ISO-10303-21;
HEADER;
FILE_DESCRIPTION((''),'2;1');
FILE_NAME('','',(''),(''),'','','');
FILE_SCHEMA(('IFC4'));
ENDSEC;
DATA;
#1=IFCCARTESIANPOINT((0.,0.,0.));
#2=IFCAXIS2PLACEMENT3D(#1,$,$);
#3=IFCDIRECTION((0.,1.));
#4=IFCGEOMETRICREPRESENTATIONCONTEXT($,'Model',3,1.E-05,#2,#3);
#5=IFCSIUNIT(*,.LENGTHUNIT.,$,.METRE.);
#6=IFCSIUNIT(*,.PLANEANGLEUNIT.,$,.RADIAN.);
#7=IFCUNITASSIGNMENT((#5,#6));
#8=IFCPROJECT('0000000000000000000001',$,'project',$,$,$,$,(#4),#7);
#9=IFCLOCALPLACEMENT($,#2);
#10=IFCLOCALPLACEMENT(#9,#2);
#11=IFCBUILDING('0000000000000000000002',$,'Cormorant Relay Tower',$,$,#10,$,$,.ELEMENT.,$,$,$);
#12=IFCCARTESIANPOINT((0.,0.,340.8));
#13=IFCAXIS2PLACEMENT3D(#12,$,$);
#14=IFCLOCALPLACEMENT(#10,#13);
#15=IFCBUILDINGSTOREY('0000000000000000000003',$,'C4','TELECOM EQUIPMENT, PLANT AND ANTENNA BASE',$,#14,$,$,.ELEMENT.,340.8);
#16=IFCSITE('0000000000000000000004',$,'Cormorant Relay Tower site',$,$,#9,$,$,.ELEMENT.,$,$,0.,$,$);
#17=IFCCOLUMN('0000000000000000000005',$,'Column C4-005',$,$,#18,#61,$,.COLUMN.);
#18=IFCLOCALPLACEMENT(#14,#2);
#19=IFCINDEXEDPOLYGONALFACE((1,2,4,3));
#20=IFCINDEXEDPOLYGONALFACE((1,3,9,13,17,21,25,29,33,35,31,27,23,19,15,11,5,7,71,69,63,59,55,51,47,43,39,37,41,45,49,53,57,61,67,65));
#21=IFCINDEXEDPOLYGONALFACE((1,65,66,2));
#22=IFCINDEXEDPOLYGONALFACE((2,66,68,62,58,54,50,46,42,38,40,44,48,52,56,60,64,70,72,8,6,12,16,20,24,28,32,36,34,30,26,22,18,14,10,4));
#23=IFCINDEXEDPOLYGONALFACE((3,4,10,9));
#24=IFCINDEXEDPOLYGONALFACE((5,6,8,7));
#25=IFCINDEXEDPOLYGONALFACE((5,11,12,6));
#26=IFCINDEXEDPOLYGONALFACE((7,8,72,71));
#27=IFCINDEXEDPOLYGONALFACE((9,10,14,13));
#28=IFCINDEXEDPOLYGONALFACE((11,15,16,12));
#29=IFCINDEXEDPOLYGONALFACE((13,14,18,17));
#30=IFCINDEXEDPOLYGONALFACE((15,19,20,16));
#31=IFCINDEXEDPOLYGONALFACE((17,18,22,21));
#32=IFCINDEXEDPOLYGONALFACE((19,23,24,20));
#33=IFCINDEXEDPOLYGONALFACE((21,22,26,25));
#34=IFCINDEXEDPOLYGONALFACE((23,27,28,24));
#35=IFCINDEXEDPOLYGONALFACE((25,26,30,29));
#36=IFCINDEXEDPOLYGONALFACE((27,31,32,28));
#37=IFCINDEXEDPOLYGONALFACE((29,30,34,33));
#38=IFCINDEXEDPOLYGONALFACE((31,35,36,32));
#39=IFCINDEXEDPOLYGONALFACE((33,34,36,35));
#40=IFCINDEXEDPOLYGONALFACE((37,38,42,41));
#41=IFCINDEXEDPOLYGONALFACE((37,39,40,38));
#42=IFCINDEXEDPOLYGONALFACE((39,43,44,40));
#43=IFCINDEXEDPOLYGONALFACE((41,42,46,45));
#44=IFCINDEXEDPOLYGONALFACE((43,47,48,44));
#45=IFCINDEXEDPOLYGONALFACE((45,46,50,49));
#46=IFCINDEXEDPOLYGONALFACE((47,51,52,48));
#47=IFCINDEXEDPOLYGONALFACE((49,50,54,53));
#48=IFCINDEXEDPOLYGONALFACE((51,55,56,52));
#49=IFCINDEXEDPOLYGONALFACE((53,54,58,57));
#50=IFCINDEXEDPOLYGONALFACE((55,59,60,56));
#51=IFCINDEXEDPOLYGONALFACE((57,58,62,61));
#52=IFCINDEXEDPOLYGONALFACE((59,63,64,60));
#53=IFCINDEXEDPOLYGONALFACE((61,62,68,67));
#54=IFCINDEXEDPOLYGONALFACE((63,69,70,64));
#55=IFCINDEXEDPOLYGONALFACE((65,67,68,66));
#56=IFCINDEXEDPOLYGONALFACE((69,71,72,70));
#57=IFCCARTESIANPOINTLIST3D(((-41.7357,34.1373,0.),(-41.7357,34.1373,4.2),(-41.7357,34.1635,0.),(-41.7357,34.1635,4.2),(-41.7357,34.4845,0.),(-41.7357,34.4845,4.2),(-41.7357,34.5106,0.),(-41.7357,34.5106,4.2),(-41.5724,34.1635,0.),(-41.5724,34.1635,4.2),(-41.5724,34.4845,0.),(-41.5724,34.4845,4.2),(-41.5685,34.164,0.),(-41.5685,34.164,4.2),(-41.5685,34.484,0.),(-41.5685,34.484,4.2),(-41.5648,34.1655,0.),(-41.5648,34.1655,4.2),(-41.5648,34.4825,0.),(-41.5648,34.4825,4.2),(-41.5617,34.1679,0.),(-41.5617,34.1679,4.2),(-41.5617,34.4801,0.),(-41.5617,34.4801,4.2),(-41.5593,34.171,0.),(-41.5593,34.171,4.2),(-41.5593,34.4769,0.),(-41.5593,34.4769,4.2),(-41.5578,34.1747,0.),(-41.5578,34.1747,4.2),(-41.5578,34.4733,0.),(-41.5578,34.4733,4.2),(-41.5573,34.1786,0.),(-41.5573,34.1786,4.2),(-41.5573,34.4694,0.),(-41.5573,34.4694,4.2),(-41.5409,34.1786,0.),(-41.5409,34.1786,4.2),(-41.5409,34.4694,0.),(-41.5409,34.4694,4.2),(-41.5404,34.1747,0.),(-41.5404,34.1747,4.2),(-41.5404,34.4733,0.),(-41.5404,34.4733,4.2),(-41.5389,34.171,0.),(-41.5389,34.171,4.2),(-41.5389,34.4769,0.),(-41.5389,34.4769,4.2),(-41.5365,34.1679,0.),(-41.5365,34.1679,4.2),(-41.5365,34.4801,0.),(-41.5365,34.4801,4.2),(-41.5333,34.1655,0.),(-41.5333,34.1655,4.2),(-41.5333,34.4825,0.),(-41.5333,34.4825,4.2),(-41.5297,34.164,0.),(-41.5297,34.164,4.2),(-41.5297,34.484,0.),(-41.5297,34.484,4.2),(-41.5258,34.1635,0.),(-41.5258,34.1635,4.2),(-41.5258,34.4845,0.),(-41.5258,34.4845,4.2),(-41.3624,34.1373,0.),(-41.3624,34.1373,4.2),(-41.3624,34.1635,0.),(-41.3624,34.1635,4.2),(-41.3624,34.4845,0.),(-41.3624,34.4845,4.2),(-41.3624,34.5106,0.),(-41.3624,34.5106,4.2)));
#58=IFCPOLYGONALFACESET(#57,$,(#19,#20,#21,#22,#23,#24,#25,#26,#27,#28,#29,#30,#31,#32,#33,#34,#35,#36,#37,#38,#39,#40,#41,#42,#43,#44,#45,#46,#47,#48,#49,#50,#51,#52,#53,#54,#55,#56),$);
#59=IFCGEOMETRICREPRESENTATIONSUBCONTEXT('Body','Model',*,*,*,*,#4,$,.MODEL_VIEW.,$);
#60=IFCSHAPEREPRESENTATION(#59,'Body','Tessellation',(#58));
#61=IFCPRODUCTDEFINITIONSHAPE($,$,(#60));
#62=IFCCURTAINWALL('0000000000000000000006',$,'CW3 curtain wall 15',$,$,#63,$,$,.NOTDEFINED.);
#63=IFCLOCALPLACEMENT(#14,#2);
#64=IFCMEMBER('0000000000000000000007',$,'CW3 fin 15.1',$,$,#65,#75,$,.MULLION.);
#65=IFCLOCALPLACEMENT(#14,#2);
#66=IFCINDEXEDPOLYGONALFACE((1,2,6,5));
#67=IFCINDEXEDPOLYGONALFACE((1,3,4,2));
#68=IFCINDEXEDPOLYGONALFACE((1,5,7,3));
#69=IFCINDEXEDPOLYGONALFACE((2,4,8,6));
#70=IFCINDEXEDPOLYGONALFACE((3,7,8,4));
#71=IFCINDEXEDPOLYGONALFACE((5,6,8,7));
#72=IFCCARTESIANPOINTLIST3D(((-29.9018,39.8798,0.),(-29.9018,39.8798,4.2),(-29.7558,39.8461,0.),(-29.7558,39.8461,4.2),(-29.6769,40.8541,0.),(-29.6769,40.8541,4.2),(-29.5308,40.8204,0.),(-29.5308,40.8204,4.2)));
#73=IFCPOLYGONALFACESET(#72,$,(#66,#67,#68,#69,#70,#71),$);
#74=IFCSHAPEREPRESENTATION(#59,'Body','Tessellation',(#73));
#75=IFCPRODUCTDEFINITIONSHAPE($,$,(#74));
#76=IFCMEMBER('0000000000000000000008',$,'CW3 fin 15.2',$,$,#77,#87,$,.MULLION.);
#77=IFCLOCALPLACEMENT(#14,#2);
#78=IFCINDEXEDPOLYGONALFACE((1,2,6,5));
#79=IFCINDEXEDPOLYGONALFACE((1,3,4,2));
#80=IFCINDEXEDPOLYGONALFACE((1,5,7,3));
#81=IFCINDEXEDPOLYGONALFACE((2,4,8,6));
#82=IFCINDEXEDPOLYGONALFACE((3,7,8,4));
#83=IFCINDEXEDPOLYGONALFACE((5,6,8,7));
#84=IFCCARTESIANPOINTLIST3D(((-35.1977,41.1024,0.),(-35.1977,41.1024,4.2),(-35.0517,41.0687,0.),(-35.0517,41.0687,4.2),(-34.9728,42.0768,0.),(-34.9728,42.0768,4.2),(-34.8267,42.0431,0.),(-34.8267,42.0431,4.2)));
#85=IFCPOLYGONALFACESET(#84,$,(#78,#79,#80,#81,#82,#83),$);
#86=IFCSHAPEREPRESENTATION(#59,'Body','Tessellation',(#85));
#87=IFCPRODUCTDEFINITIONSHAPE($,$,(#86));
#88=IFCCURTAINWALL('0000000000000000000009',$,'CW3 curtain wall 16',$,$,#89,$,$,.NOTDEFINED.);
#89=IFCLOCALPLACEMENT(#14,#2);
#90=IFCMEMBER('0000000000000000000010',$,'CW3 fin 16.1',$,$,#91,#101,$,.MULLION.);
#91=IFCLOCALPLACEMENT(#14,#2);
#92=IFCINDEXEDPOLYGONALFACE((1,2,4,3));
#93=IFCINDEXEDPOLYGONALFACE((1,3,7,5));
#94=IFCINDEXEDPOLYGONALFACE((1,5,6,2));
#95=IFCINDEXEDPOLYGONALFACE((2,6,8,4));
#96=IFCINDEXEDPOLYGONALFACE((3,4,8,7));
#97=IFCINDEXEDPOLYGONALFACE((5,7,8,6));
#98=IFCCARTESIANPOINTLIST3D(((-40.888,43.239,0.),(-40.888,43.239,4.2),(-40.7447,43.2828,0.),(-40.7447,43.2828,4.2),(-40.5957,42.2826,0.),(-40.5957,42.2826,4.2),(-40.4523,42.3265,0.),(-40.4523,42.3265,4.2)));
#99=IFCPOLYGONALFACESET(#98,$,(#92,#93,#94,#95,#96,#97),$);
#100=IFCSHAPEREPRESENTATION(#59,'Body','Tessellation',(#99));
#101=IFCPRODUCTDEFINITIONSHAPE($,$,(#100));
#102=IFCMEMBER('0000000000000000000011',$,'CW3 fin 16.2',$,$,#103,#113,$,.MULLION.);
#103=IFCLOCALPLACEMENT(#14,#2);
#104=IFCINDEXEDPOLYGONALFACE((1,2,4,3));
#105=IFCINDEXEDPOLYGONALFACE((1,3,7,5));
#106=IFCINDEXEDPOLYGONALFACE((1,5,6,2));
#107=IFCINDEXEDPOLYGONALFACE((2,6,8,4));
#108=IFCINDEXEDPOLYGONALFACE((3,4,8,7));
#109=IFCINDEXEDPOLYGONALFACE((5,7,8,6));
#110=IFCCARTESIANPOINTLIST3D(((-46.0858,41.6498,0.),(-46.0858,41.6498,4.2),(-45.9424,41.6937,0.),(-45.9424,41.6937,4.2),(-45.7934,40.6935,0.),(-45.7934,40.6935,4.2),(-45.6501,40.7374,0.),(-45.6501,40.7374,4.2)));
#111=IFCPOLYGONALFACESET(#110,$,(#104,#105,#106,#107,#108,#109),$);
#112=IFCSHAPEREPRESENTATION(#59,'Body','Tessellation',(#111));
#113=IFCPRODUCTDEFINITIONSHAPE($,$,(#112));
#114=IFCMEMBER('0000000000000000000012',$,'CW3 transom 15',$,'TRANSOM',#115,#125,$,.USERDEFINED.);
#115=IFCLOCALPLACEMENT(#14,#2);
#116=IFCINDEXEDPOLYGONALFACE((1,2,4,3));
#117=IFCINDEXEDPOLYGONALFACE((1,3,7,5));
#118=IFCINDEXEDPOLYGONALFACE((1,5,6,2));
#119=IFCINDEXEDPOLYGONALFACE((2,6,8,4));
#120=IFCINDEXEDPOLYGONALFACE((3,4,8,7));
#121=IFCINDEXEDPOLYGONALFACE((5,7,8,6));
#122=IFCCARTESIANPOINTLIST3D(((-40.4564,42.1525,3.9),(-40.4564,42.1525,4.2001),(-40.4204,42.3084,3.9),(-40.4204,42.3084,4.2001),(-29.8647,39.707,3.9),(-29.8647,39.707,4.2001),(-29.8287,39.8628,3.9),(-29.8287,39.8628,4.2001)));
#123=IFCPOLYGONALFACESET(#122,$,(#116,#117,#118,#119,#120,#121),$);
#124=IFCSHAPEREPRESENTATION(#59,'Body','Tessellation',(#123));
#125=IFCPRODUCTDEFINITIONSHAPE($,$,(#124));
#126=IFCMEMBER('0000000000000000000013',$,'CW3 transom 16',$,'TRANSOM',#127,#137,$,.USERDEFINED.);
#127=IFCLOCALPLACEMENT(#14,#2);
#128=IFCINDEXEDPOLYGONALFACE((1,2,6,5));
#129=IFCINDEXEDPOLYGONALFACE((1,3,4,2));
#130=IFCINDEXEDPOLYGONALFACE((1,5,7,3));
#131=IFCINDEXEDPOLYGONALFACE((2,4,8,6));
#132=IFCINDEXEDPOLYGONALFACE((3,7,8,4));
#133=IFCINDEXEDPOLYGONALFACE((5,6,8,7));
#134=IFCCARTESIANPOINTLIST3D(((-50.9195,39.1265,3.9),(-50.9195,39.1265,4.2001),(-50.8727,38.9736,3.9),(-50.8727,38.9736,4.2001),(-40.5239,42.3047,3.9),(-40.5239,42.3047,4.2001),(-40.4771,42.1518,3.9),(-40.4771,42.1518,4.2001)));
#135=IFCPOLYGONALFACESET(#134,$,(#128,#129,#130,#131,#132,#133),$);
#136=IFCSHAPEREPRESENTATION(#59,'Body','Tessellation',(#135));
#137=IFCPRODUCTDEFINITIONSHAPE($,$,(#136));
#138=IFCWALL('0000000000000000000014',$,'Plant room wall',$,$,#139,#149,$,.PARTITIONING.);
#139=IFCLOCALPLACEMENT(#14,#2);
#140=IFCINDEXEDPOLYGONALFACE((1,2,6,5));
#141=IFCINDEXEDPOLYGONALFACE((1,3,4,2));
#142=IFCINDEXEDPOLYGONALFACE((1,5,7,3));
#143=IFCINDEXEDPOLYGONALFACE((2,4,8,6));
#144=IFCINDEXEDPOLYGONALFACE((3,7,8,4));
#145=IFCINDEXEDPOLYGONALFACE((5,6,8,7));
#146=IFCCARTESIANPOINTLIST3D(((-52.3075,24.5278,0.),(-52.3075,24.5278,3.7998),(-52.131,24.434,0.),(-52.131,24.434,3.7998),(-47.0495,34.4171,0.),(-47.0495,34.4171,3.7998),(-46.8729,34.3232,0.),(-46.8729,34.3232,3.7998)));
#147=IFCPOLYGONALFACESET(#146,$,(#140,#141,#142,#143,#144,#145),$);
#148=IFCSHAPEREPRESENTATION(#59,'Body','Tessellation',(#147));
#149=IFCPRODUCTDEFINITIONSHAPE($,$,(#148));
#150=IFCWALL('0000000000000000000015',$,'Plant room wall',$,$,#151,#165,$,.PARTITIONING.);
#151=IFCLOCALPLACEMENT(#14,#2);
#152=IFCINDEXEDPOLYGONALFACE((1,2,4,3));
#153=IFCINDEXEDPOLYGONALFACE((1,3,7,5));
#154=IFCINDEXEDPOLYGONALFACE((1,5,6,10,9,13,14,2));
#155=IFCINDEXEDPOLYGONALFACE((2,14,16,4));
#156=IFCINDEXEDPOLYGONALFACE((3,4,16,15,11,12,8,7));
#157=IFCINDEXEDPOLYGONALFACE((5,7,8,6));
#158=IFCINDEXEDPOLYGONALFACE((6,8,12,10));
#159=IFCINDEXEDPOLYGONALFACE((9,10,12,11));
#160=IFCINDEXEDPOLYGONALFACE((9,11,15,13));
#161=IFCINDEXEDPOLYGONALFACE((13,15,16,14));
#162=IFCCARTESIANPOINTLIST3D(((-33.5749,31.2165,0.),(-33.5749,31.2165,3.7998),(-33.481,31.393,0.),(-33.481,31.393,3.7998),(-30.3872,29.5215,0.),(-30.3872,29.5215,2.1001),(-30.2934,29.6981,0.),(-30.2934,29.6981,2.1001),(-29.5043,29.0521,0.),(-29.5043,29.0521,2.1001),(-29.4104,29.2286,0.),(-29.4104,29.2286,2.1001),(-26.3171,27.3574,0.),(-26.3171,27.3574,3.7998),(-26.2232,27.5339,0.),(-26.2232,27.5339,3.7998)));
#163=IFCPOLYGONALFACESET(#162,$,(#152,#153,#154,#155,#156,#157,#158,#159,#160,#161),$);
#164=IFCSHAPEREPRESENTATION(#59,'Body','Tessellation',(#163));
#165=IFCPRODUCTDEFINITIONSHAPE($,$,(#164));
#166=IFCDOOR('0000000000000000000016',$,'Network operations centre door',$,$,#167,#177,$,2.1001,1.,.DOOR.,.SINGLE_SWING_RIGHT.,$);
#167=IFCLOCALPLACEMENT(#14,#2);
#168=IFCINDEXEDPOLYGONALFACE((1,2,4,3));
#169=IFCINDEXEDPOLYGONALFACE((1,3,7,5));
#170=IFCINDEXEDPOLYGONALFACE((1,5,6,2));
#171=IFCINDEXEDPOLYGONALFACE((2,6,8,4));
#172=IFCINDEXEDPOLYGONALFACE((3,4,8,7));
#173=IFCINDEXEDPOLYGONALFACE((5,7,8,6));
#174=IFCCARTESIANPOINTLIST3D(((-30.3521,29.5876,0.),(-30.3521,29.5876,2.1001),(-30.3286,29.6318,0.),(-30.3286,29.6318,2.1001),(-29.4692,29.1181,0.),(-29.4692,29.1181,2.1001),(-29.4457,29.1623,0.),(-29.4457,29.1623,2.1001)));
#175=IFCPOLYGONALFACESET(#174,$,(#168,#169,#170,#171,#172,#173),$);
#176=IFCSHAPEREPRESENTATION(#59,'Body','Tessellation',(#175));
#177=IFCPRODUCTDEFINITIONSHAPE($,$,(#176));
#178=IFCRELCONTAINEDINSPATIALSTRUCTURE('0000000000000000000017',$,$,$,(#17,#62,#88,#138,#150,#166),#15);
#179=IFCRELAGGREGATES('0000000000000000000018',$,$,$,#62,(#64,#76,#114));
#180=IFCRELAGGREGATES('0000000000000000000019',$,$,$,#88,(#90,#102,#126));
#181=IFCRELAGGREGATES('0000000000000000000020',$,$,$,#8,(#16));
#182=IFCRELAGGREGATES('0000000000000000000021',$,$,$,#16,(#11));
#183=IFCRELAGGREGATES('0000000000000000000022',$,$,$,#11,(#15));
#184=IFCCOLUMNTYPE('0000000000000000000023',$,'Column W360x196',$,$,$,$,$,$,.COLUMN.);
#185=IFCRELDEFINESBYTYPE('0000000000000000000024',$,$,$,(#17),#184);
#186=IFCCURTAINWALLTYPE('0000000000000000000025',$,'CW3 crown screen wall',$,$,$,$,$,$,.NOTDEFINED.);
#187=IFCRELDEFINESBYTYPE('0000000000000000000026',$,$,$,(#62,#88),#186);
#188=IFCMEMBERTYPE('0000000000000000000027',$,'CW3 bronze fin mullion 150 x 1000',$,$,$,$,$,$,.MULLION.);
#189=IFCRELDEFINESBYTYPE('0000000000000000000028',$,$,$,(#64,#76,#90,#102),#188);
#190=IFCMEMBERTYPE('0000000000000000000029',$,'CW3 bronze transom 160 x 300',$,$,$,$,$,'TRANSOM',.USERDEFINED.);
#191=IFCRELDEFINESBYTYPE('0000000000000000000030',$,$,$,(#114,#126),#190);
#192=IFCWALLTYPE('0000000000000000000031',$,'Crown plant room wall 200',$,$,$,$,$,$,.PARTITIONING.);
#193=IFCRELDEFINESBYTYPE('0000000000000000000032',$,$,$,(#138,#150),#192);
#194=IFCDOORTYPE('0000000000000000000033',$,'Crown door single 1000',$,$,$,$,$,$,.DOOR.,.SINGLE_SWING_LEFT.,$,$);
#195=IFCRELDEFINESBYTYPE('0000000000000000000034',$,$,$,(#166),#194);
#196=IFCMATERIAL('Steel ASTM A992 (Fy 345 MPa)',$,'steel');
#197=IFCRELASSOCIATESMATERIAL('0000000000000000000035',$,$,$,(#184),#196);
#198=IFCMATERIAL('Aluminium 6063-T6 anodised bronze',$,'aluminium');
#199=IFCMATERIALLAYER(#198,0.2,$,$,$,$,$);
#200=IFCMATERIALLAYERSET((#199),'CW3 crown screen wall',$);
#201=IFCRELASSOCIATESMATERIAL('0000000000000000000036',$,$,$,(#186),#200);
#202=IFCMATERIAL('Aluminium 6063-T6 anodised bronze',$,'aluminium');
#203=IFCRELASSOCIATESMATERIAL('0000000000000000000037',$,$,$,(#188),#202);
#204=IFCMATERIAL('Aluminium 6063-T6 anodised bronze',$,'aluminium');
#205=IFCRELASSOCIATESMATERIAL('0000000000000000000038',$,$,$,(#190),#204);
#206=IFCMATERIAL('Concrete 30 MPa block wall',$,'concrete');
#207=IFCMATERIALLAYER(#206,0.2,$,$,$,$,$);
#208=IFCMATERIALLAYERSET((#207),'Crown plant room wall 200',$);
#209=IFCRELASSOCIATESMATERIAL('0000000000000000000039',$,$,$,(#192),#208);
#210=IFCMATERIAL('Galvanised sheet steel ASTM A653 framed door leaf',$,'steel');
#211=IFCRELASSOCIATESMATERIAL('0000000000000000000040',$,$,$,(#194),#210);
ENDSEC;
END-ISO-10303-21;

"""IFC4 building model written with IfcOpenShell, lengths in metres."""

from ifc_helpers import new_model, si_unit, direction, frame, frame_2d, origin, origin_2d, place, context, subcontext, project, spatial, rectangle, i_section, extrude, material, layer, layer_set, material_profile, profile_set, type_object, element, fill, aggregate, save


model = new_model("IFC4")

# Units and contexts
model_context = context("Model", 3, precision=1e-05, world=origin(), true_north=direction((0.0, 1.0)))
body_context = subcontext(model_context, "Body", "Model", "MODEL_VIEW")
ifc_project = project(units=[si_unit("LENGTHUNIT", "METRE"), si_unit("PLANEANGLEUNIT", "RADIAN")], contexts=[model_context])

# Site, building, storey
site_placement = place(None, origin())
site = spatial("IfcSite", under=ifc_project, at=site_placement, Name="Cormorant Relay Tower site", CompositionType="ELEMENT", RefElevation=0.0)
building_placement = place(site_placement, origin())
building = spatial("IfcBuilding", under=site, at=building_placement, Name="Cormorant Relay Tower", CompositionType="ELEMENT")
storey_placement = place(building_placement, frame((0.0, 0.0, 340.8)))
storey = spatial("IfcBuildingStorey", under=building, at=storey_placement, Name="C4", Description="TELECOM EQUIPMENT, PLANT AND ANTENNA BASE", CompositionType="ELEMENT", Elevation=340.8)

# Column
ifc_material_1 = material(Name="Steel ASTM A992 (Fy 345 MPa)", Category="steel")
ifc_material_profile_1 = material_profile(ifc_material_1, i_section(OverallWidth=0.3733, OverallDepth=0.3733, WebThickness=0.0164, FlangeThickness=0.0261, FilletRadius=0.0151, at=origin_2d()), Name="W360x196")
ifc_profile_set_1 = profile_set([ifc_material_profile_1], Name="Steel ASTM A992 (Fy 345 MPa)")
column_type = type_object("IfcColumnType", Name="Column W360x196", PredefinedType="COLUMN", material=ifc_profile_set_1)
column_placement = place(storey_placement, frame((-41.5491, 34.324, 0.0), z_axis=(0.0, 0.0, 1.0), x_axis=(1.0, 0.0, 0.0)))
element("IfcColumn", 1, at=column_placement, inside=storey, type_object=column_type, Name="Column C4-005", PredefinedType="COLUMN", context=body_context, shape_type="SweptSolid", body=[
    extrude(i_section(OverallWidth=0.3733, OverallDepth=0.3733, WebThickness=0.0164, FlangeThickness=0.0261, FilletRadius=0.0151, at=origin_2d()), origin(), (0.0, 0.0, 1.0), 4.2),
])

# Curtain walls, members
ifc_material_2 = material(Name="Aluminium 6063-T6 anodised bronze", Category="aluminium")
ifc_layer_1 = layer(ifc_material_2, 0.2)
ifc_layer_set_1 = layer_set([ifc_layer_1], Name="CW3 crown screen wall")
curtain_wall_type = type_object("IfcCurtainWallType", Name="CW3 crown screen wall", PredefinedType="NOTDEFINED", material=ifc_layer_set_1)
curtain_wall_1_placement = place(storey_placement, origin())
curtain_wall_1 = element("IfcCurtainWall", 2, at=curtain_wall_1_placement, inside=storey, type_object=curtain_wall_type, Name="CW3 curtain wall 15", PredefinedType="NOTDEFINED")
ifc_material_3 = material(Name="Aluminium 6063-T6 anodised bronze", Category="aluminium")
ifc_material_profile_2 = material_profile(ifc_material_3, rectangle(XDim=0.1499, YDim=1.0, at=origin_2d()), Name="AL 150x1000")
ifc_profile_set_2 = profile_set([ifc_material_profile_2], Name="Aluminium 6063-T6 anodised bronze")
member_type_1 = type_object("IfcMemberType", Name="CW3 bronze fin mullion 150 x 1000", PredefinedType="MULLION", material=ifc_profile_set_2)
member_1_placement = place(storey_placement, frame((-29.7163, 40.3501, 0.0), z_axis=(0.0, 0.0, 1.0), x_axis=(-0.97437, 0.224951, 0.0)))
member_1 = element("IfcMember", 3, at=member_1_placement, type_object=member_type_1, Name="CW3 fin 15.1", PredefinedType="MULLION", context=body_context, shape_type="SweptSolid", body=[
    extrude(rectangle(XDim=0.1499, YDim=1.0, at=origin_2d()), origin(), (0.0, 0.0, 1.0), 4.2),
])
member_2_placement = place(storey_placement, frame((-35.0122, 41.5728, 0.0), z_axis=(0.0, 0.0, 1.0), x_axis=(-0.97437, 0.224951, 0.0)))
member_2 = element("IfcMember", 4, at=member_2_placement, type_object=member_type_1, Name="CW3 fin 15.2", PredefinedType="MULLION", context=body_context, shape_type="SweptSolid", body=[
    extrude(rectangle(XDim=0.1499, YDim=1.0, at=origin_2d()), origin(), (0.0, 0.0, 1.0), 4.2),
])
curtain_wall_2_placement = place(storey_placement, origin())
curtain_wall_2 = element("IfcCurtainWall", 5, at=curtain_wall_2_placement, inside=storey, type_object=curtain_wall_type, Name="CW3 curtain wall 16", PredefinedType="NOTDEFINED")
member_3_placement = place(storey_placement, frame((-40.6702, 42.7827, 0.0), z_axis=(0.0, 0.0, 1.0), x_axis=(-0.956305, -0.292372, 0.0)))
member_3 = element("IfcMember", 6, at=member_3_placement, type_object=member_type_1, Name="CW3 fin 16.1", PredefinedType="MULLION", context=body_context, shape_type="SweptSolid", body=[
    extrude(rectangle(XDim=0.1499, YDim=1.0, at=origin_2d()), origin(), (0.0, 0.0, 1.0), 4.2),
])
member_4_placement = place(storey_placement, frame((-45.8679, 41.1936, 0.0), z_axis=(0.0, 0.0, 1.0), x_axis=(-0.956305, -0.292372, 0.0)))
member_4 = element("IfcMember", 7, at=member_4_placement, type_object=member_type_1, Name="CW3 fin 16.2", PredefinedType="MULLION", context=body_context, shape_type="SweptSolid", body=[
    extrude(rectangle(XDim=0.1499, YDim=1.0, at=origin_2d()), origin(), (0.0, 0.0, 1.0), 4.2),
])

# Members
ifc_material_4 = material(Name="Aluminium 6063-T6 anodised bronze", Category="aluminium")
ifc_material_profile_3 = material_profile(ifc_material_4, rectangle(XDim=0.1599, YDim=0.3, at=origin_2d()), Name="AL 160x300")
ifc_profile_set_3 = profile_set([ifc_material_profile_3], Name="Aluminium 6063-T6 anodised bronze")
member_type_2 = type_object("IfcMemberType", Name="CW3 bronze transom 160 x 300", ElementType="TRANSOM", PredefinedType="USERDEFINED", material=ifc_profile_set_3)
member_5_placement = place(storey_placement, frame((-29.8467, 39.7849, 4.05), z_axis=(-0.974365, 0.224973, 0.0), x_axis=(-0.224973, -0.974365, 0.0)))
member_5 = element("IfcMember", 8, at=member_5_placement, type_object=member_type_2, Name="CW3 transom 15", ObjectType="TRANSOM", PredefinedType="USERDEFINED", context=body_context, shape_type="SweptSolid", body=[
    extrude(rectangle(XDim=0.1599, YDim=0.3, at=origin_2d()), origin(), (0.0, 0.0, 1.0), 10.8704),
])
member_6_placement = place(storey_placement, frame((-40.5005, 42.2283, 4.05), z_axis=(-0.956305, -0.292371, 0.0), x_axis=(0.292371, -0.956305, 0.0)))
member_6 = element("IfcMember", 9, at=member_6_placement, type_object=member_type_2, Name="CW3 transom 16", ObjectType="TRANSOM", PredefinedType="USERDEFINED", context=body_context, shape_type="SweptSolid", body=[
    extrude(rectangle(XDim=0.1599, YDim=0.3, at=origin_2d()), origin(), (0.0, 0.0, 1.0), 10.8706),
])

# Wall
ifc_material_5 = material(Name="Concrete 30 MPa block wall", Category="concrete")
ifc_layer_2 = layer(ifc_material_5, 0.2)
ifc_layer_set_2 = layer_set([ifc_layer_2], Name="Crown plant room wall 200")
wall_type_1 = type_object("IfcWallType", Name="Crown plant room wall 200", PredefinedType="PARTITIONING", material=ifc_layer_set_2)
wall_1_placement = place(storey_placement, frame((-46.9612, 34.3701, 0.0), z_axis=(0.0, 0.0, 1.0), x_axis=(-0.469464, -0.882951, 0.0)))
element("IfcWall", 10, at=wall_1_placement, inside=storey, type_object=wall_type_1, Name="Plant room wall", PredefinedType="PARTITIONING", context=body_context, shape_type="SweptSolid", body=[
    extrude(rectangle(XDim=11.2002, YDim=0.2, at=frame_2d((5.6001, 0.0))), origin(), (0.0, 0.0, 1.0), 3.7998),
])

# Wall, opening, door
wall_2_placement = place(storey_placement, frame((-33.5278, 31.3047, 0.0), z_axis=(0.0, 0.0, 1.0), x_axis=(0.882943, -0.469479, 0.0)))
wall_2 = element("IfcWall", 11, at=wall_2_placement, inside=storey, type_object=wall_type_1, Name="Plant room wall", PredefinedType="PARTITIONING", context=body_context, shape_type="SweptSolid", body=[
    extrude(rectangle(XDim=8.22, YDim=0.2, at=frame_2d((4.1099, 0.0))), origin(), (0.0, 0.0, 1.0), 3.7998),
])
opening_placement = place(wall_2_placement, frame((3.6101, 0.0, 0.0)))
opening = element("IfcOpeningElement", 12, at=opening_placement, cuts=wall_2, PredefinedType="OPENING", context=body_context, shape_type="SweptSolid", body=[
    extrude(rectangle(XDim=1.0, YDim=2.1001, at=frame_2d((0.5, 1.05))), frame((0.0, 0.1099, 0.0), z_axis=(0.0, -1.0, 0.0), x_axis=(1.0, 0.0, 0.0)), (0.0, 0.0, 1.0), 0.22),
])
ifc_material_6 = material(Name="Galvanised sheet steel ASTM A653 framed door leaf", Category="steel")
door_type = type_object("IfcDoorType", Name="Crown door single 1000", OperationType="SINGLE_SWING_LEFT", PredefinedType="DOOR", material=ifc_material_6)
door_placement = place(opening_placement, origin())
door = element("IfcDoor", 13, at=door_placement, inside=storey, type_object=door_type, Name="Network operations centre door", OperationType="SINGLE_SWING_RIGHT", OverallHeight=2.1001, OverallWidth=1.0, PredefinedType="DOOR", context=body_context, shape_type="SweptSolid", body=[
    extrude(rectangle(XDim=1.0, YDim=2.1001, at=frame_2d((0.5, 1.05))), frame((0.0, 0.0249, 0.0), z_axis=(0.0, -1.0, 0.0), x_axis=(1.0, 0.0, 0.0)), (0.0, 0.0, 1.0), 0.05),
])
fill(opening, door)

aggregate(curtain_wall_1, [member_1, member_2, member_5])
aggregate(curtain_wall_2, [member_3, member_4, member_6])

save(model, "model.ifc")
